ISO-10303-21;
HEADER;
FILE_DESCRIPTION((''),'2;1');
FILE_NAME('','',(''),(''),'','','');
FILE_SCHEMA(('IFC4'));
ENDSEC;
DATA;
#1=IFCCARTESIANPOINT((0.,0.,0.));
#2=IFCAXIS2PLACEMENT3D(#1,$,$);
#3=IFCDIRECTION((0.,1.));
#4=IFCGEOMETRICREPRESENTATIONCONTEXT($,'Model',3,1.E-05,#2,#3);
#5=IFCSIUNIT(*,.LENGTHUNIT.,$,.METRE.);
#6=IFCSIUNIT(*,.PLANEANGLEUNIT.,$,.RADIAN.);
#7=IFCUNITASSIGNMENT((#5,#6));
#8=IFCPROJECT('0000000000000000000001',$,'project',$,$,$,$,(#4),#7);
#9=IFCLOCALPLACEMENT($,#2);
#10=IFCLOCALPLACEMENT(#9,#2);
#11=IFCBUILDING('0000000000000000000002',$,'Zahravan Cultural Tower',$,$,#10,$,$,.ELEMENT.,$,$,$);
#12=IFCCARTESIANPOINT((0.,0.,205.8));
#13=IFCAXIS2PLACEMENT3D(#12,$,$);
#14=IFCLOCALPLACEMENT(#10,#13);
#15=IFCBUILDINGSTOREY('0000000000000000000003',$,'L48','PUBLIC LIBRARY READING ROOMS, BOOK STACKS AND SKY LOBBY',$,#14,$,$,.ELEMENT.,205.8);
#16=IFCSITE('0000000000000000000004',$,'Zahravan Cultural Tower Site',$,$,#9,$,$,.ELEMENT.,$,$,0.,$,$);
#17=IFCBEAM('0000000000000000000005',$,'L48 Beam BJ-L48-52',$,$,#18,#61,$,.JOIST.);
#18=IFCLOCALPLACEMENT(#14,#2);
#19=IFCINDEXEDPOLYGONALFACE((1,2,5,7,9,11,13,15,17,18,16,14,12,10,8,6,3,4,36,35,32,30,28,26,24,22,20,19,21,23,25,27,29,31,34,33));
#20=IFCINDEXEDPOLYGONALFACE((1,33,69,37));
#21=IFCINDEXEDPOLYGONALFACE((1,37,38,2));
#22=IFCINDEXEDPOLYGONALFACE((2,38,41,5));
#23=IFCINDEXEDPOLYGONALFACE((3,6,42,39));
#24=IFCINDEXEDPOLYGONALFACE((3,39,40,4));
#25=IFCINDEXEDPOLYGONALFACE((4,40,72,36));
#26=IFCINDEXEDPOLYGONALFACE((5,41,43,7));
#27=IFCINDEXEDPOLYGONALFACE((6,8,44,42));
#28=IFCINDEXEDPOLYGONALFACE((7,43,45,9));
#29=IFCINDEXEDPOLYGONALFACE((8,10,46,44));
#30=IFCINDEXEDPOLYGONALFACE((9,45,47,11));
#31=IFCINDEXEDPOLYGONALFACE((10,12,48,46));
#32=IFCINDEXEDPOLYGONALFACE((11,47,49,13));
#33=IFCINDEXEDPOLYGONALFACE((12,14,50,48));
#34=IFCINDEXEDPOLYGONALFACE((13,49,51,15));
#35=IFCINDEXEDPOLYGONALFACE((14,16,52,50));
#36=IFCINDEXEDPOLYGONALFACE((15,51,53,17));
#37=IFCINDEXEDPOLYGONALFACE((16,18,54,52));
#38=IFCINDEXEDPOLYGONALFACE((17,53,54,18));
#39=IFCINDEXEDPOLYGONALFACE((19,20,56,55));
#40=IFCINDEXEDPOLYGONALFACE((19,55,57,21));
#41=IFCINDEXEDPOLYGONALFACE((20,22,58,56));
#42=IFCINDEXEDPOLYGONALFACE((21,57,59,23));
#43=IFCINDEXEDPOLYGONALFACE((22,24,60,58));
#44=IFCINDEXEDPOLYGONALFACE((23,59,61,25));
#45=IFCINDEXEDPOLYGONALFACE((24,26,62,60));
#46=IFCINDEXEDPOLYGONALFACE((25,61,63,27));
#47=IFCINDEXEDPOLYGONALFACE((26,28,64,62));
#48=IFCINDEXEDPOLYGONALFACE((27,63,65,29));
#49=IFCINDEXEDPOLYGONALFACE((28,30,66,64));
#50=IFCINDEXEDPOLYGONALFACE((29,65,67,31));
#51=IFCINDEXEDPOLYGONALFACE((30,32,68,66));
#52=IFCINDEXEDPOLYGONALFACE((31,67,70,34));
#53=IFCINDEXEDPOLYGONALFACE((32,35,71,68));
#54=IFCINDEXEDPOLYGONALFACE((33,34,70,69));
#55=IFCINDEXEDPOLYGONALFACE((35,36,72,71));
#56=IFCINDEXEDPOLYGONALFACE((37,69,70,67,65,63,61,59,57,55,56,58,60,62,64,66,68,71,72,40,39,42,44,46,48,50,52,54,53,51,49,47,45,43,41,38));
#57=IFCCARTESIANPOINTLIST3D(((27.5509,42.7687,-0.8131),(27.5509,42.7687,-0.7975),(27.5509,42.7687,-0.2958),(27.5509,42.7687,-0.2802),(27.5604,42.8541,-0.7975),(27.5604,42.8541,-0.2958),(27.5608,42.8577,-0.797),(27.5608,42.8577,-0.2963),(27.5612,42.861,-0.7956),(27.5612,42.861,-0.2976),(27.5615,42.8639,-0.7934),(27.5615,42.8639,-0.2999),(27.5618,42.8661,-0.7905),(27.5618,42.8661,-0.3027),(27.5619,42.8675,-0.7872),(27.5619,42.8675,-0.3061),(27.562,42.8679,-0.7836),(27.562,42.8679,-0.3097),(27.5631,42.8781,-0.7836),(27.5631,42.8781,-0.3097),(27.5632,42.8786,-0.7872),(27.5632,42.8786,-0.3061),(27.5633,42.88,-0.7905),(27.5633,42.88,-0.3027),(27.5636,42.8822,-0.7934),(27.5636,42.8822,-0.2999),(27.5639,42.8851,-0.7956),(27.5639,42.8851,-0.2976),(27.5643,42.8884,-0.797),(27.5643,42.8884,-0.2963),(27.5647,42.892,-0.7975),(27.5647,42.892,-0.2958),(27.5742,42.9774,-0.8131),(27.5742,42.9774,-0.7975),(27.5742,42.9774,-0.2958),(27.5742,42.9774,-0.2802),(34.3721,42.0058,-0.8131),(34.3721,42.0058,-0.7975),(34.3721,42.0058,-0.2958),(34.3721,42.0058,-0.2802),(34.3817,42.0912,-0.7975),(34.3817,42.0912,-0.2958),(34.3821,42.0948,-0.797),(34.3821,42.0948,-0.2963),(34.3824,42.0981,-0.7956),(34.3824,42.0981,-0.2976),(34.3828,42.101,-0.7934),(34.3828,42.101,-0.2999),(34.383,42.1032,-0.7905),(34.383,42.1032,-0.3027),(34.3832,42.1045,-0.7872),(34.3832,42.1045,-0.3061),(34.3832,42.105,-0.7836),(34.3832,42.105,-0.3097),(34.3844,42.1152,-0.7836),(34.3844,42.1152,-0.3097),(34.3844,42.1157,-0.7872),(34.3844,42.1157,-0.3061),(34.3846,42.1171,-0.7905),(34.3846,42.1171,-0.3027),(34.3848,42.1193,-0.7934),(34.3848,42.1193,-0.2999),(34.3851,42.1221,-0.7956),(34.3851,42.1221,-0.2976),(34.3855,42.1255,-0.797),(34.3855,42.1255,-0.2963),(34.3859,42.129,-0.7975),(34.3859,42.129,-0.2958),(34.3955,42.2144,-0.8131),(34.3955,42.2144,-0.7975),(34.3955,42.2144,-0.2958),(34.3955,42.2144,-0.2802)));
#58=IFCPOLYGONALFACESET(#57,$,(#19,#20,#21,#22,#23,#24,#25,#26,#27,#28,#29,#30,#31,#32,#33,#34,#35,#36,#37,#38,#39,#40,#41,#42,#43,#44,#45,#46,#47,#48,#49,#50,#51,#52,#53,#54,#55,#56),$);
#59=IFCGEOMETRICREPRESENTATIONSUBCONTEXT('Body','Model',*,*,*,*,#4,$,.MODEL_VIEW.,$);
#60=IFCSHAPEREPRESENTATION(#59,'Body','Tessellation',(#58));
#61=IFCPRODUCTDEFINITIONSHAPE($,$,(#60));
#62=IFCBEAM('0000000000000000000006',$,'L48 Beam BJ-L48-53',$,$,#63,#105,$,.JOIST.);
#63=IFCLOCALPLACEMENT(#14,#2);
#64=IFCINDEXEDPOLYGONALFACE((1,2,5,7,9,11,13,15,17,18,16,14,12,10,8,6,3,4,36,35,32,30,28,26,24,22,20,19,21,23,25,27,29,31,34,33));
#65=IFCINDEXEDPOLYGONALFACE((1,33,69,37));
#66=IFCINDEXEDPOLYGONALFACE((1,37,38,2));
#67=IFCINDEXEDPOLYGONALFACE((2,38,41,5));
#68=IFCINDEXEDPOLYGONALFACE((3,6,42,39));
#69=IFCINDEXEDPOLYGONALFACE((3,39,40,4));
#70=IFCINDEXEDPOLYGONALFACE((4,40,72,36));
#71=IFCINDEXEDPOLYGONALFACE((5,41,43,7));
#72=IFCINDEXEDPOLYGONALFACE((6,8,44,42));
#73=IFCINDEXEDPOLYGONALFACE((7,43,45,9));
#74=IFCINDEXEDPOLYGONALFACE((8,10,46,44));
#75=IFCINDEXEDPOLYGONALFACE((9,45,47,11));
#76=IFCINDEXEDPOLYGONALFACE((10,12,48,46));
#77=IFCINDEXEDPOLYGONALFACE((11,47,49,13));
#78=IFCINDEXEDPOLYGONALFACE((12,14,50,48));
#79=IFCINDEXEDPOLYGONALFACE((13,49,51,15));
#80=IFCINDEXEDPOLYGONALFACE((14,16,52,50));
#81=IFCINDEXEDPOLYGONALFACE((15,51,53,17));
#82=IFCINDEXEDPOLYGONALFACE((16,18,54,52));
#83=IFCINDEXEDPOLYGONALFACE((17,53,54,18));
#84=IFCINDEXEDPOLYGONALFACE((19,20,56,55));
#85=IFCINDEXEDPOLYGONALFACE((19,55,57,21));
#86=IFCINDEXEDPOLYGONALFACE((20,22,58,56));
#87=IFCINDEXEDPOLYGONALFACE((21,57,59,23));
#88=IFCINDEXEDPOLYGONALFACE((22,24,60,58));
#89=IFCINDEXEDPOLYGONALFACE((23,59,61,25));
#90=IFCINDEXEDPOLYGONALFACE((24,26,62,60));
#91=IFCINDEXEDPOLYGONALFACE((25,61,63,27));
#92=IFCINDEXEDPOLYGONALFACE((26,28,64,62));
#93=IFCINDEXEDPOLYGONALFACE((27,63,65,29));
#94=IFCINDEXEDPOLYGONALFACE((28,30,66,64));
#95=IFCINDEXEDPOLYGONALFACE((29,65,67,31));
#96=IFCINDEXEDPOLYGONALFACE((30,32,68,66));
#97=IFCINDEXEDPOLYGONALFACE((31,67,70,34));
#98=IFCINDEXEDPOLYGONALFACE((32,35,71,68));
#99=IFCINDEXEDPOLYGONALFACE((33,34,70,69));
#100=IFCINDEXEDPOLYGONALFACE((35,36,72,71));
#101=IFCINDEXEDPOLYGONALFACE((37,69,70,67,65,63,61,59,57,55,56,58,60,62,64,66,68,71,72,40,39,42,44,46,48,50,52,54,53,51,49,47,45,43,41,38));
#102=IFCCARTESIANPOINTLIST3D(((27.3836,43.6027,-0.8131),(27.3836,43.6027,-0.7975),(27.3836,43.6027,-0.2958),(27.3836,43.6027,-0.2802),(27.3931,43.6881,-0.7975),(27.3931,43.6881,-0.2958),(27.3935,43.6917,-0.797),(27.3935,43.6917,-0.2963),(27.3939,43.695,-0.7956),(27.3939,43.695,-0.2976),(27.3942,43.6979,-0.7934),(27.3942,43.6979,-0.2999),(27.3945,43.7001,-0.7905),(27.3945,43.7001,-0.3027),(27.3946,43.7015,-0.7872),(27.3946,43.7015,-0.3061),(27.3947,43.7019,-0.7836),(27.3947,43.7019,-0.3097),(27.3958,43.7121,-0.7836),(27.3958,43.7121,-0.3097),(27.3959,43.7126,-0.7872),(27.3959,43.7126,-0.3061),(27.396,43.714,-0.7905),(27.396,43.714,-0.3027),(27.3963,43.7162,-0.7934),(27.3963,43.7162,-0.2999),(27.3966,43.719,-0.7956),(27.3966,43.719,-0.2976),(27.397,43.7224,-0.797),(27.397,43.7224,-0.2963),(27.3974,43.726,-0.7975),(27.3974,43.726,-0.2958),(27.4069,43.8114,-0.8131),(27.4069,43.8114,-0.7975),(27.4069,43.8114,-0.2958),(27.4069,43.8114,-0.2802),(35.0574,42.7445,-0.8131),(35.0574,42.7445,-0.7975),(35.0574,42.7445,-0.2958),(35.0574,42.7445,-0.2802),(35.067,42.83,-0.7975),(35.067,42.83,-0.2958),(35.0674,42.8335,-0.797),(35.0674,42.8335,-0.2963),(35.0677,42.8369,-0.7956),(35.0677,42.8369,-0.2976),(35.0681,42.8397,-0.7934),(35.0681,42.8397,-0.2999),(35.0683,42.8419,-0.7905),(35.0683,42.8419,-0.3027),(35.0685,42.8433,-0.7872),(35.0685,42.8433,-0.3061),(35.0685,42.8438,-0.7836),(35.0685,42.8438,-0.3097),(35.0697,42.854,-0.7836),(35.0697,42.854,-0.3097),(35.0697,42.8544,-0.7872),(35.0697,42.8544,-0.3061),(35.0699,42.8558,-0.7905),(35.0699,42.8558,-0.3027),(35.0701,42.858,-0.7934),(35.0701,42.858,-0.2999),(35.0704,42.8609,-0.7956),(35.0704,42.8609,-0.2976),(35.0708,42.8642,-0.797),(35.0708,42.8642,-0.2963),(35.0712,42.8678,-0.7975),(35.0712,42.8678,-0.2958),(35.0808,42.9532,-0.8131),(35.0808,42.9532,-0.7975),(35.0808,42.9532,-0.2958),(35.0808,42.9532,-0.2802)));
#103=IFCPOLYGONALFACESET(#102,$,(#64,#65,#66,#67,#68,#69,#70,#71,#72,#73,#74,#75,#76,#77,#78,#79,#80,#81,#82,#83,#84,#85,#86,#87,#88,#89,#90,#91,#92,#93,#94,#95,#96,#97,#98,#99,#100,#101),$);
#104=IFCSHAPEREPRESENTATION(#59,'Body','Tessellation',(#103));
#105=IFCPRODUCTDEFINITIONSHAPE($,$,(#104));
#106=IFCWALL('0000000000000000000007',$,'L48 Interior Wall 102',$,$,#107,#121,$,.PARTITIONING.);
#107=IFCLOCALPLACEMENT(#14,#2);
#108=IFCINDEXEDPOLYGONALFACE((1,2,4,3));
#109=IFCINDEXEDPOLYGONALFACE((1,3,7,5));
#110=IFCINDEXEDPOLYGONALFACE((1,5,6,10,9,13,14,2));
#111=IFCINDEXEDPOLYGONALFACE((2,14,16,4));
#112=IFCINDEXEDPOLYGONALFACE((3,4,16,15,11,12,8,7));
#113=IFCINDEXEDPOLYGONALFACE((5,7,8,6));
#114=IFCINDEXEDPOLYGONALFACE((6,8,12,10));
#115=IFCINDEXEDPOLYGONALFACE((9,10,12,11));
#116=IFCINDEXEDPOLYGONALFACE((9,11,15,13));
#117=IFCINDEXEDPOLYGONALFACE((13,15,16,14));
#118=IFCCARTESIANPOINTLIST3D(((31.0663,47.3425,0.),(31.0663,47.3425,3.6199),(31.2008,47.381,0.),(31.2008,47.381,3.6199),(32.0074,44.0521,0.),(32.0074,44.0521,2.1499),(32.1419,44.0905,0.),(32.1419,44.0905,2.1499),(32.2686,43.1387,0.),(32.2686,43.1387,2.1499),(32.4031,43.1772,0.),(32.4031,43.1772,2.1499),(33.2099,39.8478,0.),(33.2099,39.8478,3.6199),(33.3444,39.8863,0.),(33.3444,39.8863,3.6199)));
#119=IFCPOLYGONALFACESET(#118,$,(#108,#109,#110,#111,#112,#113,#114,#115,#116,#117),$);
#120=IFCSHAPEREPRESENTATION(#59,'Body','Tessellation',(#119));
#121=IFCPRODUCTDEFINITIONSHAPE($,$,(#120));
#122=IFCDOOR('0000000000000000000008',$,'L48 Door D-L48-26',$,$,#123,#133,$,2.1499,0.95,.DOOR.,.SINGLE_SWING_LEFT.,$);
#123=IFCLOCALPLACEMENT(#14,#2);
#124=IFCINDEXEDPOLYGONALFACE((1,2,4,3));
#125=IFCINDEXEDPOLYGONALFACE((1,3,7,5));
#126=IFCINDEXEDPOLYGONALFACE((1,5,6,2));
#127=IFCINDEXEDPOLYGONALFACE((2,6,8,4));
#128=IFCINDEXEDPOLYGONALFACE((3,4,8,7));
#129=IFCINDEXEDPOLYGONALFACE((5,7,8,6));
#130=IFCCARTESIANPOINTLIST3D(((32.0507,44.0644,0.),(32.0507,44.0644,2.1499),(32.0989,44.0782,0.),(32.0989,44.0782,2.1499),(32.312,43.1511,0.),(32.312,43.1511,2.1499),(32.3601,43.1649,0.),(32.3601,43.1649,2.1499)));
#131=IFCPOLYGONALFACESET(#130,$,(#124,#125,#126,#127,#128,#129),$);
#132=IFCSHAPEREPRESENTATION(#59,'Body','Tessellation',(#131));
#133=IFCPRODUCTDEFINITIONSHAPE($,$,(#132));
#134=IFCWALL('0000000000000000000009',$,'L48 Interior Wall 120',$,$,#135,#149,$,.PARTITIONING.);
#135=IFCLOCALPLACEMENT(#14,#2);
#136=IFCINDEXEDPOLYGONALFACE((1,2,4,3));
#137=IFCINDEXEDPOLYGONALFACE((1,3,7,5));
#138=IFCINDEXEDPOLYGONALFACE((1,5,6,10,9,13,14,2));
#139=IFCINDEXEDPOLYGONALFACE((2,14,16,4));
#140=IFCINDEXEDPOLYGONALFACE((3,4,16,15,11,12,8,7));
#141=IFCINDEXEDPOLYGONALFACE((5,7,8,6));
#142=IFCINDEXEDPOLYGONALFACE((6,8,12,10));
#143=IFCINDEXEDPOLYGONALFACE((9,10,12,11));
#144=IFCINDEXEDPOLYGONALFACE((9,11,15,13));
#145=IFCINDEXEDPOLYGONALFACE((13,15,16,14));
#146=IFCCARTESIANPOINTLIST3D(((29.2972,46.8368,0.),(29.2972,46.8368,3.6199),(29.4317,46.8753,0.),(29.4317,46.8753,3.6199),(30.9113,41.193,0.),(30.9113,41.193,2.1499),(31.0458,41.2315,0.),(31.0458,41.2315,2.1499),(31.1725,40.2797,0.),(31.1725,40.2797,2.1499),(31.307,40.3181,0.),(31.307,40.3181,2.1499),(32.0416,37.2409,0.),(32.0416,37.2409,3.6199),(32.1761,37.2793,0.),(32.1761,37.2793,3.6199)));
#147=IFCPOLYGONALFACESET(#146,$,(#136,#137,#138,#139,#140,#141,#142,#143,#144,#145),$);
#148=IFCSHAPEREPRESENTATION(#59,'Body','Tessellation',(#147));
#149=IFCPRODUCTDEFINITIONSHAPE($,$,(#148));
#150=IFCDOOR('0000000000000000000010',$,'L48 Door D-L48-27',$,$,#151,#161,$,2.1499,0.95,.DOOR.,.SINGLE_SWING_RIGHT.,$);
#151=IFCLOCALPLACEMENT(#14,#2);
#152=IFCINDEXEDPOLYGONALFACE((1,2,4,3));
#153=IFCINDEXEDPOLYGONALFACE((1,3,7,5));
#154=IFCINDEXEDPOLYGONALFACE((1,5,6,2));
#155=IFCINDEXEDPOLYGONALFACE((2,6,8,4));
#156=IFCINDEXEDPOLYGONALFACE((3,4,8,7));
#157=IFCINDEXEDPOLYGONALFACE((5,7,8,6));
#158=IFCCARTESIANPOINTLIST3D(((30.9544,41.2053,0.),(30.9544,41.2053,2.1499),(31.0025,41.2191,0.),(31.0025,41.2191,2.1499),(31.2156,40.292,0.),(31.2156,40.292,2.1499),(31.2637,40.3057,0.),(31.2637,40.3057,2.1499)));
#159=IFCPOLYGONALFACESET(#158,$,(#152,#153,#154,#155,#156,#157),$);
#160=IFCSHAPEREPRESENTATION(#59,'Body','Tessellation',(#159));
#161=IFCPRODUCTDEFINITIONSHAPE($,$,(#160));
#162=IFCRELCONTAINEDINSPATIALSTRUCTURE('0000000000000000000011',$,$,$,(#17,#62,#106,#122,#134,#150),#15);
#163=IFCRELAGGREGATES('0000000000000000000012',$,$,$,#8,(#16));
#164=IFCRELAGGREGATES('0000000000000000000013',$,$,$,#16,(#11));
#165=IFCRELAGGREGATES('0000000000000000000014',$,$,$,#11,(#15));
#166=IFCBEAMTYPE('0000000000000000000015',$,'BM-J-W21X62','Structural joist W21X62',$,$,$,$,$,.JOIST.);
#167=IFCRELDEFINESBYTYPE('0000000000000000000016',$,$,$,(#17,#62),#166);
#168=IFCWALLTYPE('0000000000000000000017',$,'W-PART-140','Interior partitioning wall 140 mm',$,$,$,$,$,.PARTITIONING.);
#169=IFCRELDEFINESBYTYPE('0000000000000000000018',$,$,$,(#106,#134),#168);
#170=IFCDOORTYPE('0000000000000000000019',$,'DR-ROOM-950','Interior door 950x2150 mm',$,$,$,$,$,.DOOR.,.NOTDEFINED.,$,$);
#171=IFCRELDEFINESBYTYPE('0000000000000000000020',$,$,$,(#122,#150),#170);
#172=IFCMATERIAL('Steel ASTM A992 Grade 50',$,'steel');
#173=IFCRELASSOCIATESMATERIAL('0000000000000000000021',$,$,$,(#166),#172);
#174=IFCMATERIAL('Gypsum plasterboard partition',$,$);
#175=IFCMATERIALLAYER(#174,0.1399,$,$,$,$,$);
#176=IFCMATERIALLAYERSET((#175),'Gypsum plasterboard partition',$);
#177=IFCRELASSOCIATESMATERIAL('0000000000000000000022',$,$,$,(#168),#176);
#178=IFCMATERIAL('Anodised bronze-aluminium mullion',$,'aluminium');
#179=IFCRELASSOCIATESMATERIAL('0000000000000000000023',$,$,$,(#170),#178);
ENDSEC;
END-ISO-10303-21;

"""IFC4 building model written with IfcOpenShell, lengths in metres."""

from ifc_helpers import new_model, si_unit, direction, frame, frame_2d, origin, origin_2d, place, context, subcontext, project, spatial, rectangle, i_section, extrude, source, transform, mapped, material, layer, layer_set, material_profile, profile_set, type_object, element, fill, save


model = new_model("IFC4")

# Units and contexts
model_context = context("Model", 3, precision=1e-05, world=origin(), true_north=direction((0.0, 1.0)))
body_context = subcontext(model_context, "Body", "Model", "MODEL_VIEW")
ifc_project = project(units=[si_unit("LENGTHUNIT", "METRE"), si_unit("PLANEANGLEUNIT", "RADIAN")], contexts=[model_context])

# Site, building, storey
site_placement = place(None, origin())
site = spatial("IfcSite", under=ifc_project, at=site_placement, Name="Zahravan Cultural Tower Site", CompositionType="ELEMENT", RefElevation=0.0)
building_placement = place(site_placement, origin())
building = spatial("IfcBuilding", under=site, at=building_placement, Name="Zahravan Cultural Tower", CompositionType="ELEMENT")
storey_placement = place(building_placement, frame((0.0, 0.0, 205.8)))
storey = spatial("IfcBuildingStorey", under=building, at=storey_placement, Name="L48", Description="PUBLIC LIBRARY READING ROOMS, BOOK STACKS AND SKY LOBBY", CompositionType="ELEMENT", Elevation=205.8)

# Beams
ifc_material_1 = material(Name="Steel ASTM A992 Grade 50", Category="steel")
ifc_material_profile_1 = material_profile(ifc_material_1, i_section(OverallWidth=0.21, OverallDepth=0.533, WebThickness=0.0103, FlangeThickness=0.0156, FilletRadius=0.0139, at=origin_2d()), Name="W21X62")
ifc_profile_set_1 = profile_set([ifc_material_profile_1], Name="Steel ASTM A992 Grade 50")
beam_type_1 = type_object("IfcBeamType", Name="BM-J-W21X62", Description="Structural joist W21X62", PredefinedType="JOIST", material=ifc_profile_set_1)
shared_shape_1 = source(origin(), body_context, "Body", "SweptSolid", [
    extrude(i_section(OverallWidth=0.21, OverallDepth=0.533, WebThickness=0.0103, FlangeThickness=0.0156, FilletRadius=0.0139, at=origin_2d()), origin(), (0.0, 0.0, 1.0), 6.8638),
])
beam_1_placement = place(storey_placement, frame((34.3838, 42.1101, -0.5466), z_axis=(-0.993803, 0.111154, 0.0), x_axis=(-0.111154, -0.993803, 0.0)))
element("IfcBeam", 1, at=beam_1_placement, inside=storey, type_object=beam_type_1, Name="L48 Beam BJ-L48-52", PredefinedType="JOIST", context=body_context, shape_type="MappedRepresentation", body=[
    mapped(shared_shape_1, transform((0.0, 0.0, 0.0), x_axis=(1.0, 0.0, 0.0), y_axis=(0.0, 1.0, 0.0), z_axis=(0.0, 0.0, 1.0), scale=1.0)),
])
shared_shape_2 = source(origin(), body_context, "Body", "SweptSolid", [
    extrude(i_section(OverallWidth=0.21, OverallDepth=0.533, WebThickness=0.0103, FlangeThickness=0.0156, FilletRadius=0.0139, at=origin_2d()), origin(), (0.0, 0.0, 1.0), 7.7217),
])
beam_2_placement = place(storey_placement, frame((35.0691, 42.8489, -0.5466), z_axis=(-0.993805, 0.111136, 0.0), x_axis=(-0.111136, -0.993805, 0.0)))
element("IfcBeam", 2, at=beam_2_placement, inside=storey, type_object=beam_type_1, Name="L48 Beam BJ-L48-53", PredefinedType="JOIST", context=body_context, shape_type="MappedRepresentation", body=[
    mapped(shared_shape_2, transform((0.0, 0.0, 0.0), x_axis=(1.0, 0.0, 0.0), y_axis=(0.0, 1.0, 0.0), z_axis=(0.0, 0.0, 1.0), scale=1.0)),
])

# Walls, openings, doors
ifc_material_2 = material(Name="Gypsum plasterboard partition")
ifc_layer_1 = layer(ifc_material_2, 0.1399)
ifc_layer_set_1 = layer_set([ifc_layer_1], Name="Gypsum plasterboard partition")
wall_type_1 = type_object("IfcWallType", Name="W-PART-140", Description="Interior partitioning wall 140 mm", PredefinedType="PARTITIONING", material=ifc_layer_set_1)
wall_1_placement = place(storey_placement, frame((33.2771, 39.8672, 0.0), z_axis=(0.0, 0.0, 1.0), x_axis=(-0.274986, 0.961448, 0.0)))
wall_1 = element("IfcWall", 3, at=wall_1_placement, inside=storey, type_object=wall_type_1, Name="L48 Interior Wall 102", PredefinedType="PARTITIONING", context=body_context, shape_type="SweptSolid", body=[
    extrude(rectangle(XDim=7.7952, YDim=0.1399, at=frame_2d((3.8975, 0.0))), origin(), (0.0, 0.0, 1.0), 3.6199),
])
opening_1_placement = place(wall_1_placement, frame((3.4226, 0.0, 0.0)))
opening_1 = element("IfcOpeningElement", 4, at=opening_1_placement, cuts=wall_1, PredefinedType="OPENING", context=body_context, shape_type="SweptSolid", body=[
    extrude(rectangle(XDim=0.95, YDim=2.1499, at=frame_2d((0.4751, 1.075))), frame((0.0, 0.0798, 0.0), z_axis=(0.0, -1.0, 0.0), x_axis=(1.0, 0.0, 0.0)), (0.0, 0.0, 1.0), 0.1599),
])
ifc_material_3 = material(Name="Anodised bronze-aluminium mullion", Category="aluminium")
door_type_1 = type_object("IfcDoorType", Name="DR-ROOM-950", Description="Interior door 950x2150 mm", OperationType="NOTDEFINED", PredefinedType="DOOR", material=ifc_material_3)
shared_shape_3 = source(origin(), body_context, "Body", "SweptSolid", [
    extrude(rectangle(XDim=0.95, YDim=2.1499, at=frame_2d((0.4751, 1.075))), frame((0.0, 0.0249, 0.0), z_axis=(0.0, -1.0, 0.0), x_axis=(1.0, 0.0, 0.0)), (0.0, 0.0, 1.0), 0.05),
])
door_1_placement = place(opening_1_placement, origin())
door_1 = element("IfcDoor", 5, at=door_1_placement, inside=storey, type_object=door_type_1, Name="L48 Door D-L48-26", OperationType="SINGLE_SWING_LEFT", OverallHeight=2.1499, OverallWidth=0.95, PredefinedType="DOOR", context=body_context, shape_type="MappedRepresentation", body=[
    mapped(shared_shape_3, transform((0.0, 0.0, 0.0), x_axis=(1.0, 0.0, 0.0), y_axis=(0.0, 1.0, 0.0), z_axis=(0.0, 0.0, 1.0), scale=1.0)),
])
fill(opening_1, door_1)
wall_2_placement = place(storey_placement, frame((29.3645, 46.856, 0.0), z_axis=(0.0, 0.0, 1.0), x_axis=(0.27497, -0.961453, 0.0)))
wall_2 = element("IfcWall", 6, at=wall_2_placement, inside=storey, type_object=wall_type_1, Name="L48 Interior Wall 120", PredefinedType="PARTITIONING", context=body_context, shape_type="SweptSolid", body=[
    extrude(rectangle(XDim=9.9807, YDim=0.1399, at=frame_2d((4.9902, 0.0))), origin(), (0.0, 0.0, 1.0), 3.6199),
])
opening_2_placement = place(wall_2_placement, frame((5.8699, 0.0, 0.0)))
opening_2 = element("IfcOpeningElement", 7, at=opening_2_placement, cuts=wall_2, PredefinedType="OPENING", context=body_context, shape_type="SweptSolid", body=[
    extrude(rectangle(XDim=0.95, YDim=2.1499, at=frame_2d((0.4751, 1.075))), frame((0.0, 0.0798, 0.0), z_axis=(0.0, -1.0, 0.0), x_axis=(1.0, 0.0, 0.0)), (0.0, 0.0, 1.0), 0.1599),
])
door_2_placement = place(opening_2_placement, origin())
door_2 = element("IfcDoor", 8, at=door_2_placement, inside=storey, type_object=door_type_1, Name="L48 Door D-L48-27", OperationType="SINGLE_SWING_RIGHT", OverallHeight=2.1499, OverallWidth=0.95, PredefinedType="DOOR", context=body_context, shape_type="MappedRepresentation", body=[
    mapped(shared_shape_3, transform((0.0, 0.0, 0.0), x_axis=(1.0, 0.0, 0.0), y_axis=(0.0, 1.0, 0.0), z_axis=(0.0, 0.0, 1.0), scale=1.0)),
])
fill(opening_2, door_2)

save(model, "model.ifc")
